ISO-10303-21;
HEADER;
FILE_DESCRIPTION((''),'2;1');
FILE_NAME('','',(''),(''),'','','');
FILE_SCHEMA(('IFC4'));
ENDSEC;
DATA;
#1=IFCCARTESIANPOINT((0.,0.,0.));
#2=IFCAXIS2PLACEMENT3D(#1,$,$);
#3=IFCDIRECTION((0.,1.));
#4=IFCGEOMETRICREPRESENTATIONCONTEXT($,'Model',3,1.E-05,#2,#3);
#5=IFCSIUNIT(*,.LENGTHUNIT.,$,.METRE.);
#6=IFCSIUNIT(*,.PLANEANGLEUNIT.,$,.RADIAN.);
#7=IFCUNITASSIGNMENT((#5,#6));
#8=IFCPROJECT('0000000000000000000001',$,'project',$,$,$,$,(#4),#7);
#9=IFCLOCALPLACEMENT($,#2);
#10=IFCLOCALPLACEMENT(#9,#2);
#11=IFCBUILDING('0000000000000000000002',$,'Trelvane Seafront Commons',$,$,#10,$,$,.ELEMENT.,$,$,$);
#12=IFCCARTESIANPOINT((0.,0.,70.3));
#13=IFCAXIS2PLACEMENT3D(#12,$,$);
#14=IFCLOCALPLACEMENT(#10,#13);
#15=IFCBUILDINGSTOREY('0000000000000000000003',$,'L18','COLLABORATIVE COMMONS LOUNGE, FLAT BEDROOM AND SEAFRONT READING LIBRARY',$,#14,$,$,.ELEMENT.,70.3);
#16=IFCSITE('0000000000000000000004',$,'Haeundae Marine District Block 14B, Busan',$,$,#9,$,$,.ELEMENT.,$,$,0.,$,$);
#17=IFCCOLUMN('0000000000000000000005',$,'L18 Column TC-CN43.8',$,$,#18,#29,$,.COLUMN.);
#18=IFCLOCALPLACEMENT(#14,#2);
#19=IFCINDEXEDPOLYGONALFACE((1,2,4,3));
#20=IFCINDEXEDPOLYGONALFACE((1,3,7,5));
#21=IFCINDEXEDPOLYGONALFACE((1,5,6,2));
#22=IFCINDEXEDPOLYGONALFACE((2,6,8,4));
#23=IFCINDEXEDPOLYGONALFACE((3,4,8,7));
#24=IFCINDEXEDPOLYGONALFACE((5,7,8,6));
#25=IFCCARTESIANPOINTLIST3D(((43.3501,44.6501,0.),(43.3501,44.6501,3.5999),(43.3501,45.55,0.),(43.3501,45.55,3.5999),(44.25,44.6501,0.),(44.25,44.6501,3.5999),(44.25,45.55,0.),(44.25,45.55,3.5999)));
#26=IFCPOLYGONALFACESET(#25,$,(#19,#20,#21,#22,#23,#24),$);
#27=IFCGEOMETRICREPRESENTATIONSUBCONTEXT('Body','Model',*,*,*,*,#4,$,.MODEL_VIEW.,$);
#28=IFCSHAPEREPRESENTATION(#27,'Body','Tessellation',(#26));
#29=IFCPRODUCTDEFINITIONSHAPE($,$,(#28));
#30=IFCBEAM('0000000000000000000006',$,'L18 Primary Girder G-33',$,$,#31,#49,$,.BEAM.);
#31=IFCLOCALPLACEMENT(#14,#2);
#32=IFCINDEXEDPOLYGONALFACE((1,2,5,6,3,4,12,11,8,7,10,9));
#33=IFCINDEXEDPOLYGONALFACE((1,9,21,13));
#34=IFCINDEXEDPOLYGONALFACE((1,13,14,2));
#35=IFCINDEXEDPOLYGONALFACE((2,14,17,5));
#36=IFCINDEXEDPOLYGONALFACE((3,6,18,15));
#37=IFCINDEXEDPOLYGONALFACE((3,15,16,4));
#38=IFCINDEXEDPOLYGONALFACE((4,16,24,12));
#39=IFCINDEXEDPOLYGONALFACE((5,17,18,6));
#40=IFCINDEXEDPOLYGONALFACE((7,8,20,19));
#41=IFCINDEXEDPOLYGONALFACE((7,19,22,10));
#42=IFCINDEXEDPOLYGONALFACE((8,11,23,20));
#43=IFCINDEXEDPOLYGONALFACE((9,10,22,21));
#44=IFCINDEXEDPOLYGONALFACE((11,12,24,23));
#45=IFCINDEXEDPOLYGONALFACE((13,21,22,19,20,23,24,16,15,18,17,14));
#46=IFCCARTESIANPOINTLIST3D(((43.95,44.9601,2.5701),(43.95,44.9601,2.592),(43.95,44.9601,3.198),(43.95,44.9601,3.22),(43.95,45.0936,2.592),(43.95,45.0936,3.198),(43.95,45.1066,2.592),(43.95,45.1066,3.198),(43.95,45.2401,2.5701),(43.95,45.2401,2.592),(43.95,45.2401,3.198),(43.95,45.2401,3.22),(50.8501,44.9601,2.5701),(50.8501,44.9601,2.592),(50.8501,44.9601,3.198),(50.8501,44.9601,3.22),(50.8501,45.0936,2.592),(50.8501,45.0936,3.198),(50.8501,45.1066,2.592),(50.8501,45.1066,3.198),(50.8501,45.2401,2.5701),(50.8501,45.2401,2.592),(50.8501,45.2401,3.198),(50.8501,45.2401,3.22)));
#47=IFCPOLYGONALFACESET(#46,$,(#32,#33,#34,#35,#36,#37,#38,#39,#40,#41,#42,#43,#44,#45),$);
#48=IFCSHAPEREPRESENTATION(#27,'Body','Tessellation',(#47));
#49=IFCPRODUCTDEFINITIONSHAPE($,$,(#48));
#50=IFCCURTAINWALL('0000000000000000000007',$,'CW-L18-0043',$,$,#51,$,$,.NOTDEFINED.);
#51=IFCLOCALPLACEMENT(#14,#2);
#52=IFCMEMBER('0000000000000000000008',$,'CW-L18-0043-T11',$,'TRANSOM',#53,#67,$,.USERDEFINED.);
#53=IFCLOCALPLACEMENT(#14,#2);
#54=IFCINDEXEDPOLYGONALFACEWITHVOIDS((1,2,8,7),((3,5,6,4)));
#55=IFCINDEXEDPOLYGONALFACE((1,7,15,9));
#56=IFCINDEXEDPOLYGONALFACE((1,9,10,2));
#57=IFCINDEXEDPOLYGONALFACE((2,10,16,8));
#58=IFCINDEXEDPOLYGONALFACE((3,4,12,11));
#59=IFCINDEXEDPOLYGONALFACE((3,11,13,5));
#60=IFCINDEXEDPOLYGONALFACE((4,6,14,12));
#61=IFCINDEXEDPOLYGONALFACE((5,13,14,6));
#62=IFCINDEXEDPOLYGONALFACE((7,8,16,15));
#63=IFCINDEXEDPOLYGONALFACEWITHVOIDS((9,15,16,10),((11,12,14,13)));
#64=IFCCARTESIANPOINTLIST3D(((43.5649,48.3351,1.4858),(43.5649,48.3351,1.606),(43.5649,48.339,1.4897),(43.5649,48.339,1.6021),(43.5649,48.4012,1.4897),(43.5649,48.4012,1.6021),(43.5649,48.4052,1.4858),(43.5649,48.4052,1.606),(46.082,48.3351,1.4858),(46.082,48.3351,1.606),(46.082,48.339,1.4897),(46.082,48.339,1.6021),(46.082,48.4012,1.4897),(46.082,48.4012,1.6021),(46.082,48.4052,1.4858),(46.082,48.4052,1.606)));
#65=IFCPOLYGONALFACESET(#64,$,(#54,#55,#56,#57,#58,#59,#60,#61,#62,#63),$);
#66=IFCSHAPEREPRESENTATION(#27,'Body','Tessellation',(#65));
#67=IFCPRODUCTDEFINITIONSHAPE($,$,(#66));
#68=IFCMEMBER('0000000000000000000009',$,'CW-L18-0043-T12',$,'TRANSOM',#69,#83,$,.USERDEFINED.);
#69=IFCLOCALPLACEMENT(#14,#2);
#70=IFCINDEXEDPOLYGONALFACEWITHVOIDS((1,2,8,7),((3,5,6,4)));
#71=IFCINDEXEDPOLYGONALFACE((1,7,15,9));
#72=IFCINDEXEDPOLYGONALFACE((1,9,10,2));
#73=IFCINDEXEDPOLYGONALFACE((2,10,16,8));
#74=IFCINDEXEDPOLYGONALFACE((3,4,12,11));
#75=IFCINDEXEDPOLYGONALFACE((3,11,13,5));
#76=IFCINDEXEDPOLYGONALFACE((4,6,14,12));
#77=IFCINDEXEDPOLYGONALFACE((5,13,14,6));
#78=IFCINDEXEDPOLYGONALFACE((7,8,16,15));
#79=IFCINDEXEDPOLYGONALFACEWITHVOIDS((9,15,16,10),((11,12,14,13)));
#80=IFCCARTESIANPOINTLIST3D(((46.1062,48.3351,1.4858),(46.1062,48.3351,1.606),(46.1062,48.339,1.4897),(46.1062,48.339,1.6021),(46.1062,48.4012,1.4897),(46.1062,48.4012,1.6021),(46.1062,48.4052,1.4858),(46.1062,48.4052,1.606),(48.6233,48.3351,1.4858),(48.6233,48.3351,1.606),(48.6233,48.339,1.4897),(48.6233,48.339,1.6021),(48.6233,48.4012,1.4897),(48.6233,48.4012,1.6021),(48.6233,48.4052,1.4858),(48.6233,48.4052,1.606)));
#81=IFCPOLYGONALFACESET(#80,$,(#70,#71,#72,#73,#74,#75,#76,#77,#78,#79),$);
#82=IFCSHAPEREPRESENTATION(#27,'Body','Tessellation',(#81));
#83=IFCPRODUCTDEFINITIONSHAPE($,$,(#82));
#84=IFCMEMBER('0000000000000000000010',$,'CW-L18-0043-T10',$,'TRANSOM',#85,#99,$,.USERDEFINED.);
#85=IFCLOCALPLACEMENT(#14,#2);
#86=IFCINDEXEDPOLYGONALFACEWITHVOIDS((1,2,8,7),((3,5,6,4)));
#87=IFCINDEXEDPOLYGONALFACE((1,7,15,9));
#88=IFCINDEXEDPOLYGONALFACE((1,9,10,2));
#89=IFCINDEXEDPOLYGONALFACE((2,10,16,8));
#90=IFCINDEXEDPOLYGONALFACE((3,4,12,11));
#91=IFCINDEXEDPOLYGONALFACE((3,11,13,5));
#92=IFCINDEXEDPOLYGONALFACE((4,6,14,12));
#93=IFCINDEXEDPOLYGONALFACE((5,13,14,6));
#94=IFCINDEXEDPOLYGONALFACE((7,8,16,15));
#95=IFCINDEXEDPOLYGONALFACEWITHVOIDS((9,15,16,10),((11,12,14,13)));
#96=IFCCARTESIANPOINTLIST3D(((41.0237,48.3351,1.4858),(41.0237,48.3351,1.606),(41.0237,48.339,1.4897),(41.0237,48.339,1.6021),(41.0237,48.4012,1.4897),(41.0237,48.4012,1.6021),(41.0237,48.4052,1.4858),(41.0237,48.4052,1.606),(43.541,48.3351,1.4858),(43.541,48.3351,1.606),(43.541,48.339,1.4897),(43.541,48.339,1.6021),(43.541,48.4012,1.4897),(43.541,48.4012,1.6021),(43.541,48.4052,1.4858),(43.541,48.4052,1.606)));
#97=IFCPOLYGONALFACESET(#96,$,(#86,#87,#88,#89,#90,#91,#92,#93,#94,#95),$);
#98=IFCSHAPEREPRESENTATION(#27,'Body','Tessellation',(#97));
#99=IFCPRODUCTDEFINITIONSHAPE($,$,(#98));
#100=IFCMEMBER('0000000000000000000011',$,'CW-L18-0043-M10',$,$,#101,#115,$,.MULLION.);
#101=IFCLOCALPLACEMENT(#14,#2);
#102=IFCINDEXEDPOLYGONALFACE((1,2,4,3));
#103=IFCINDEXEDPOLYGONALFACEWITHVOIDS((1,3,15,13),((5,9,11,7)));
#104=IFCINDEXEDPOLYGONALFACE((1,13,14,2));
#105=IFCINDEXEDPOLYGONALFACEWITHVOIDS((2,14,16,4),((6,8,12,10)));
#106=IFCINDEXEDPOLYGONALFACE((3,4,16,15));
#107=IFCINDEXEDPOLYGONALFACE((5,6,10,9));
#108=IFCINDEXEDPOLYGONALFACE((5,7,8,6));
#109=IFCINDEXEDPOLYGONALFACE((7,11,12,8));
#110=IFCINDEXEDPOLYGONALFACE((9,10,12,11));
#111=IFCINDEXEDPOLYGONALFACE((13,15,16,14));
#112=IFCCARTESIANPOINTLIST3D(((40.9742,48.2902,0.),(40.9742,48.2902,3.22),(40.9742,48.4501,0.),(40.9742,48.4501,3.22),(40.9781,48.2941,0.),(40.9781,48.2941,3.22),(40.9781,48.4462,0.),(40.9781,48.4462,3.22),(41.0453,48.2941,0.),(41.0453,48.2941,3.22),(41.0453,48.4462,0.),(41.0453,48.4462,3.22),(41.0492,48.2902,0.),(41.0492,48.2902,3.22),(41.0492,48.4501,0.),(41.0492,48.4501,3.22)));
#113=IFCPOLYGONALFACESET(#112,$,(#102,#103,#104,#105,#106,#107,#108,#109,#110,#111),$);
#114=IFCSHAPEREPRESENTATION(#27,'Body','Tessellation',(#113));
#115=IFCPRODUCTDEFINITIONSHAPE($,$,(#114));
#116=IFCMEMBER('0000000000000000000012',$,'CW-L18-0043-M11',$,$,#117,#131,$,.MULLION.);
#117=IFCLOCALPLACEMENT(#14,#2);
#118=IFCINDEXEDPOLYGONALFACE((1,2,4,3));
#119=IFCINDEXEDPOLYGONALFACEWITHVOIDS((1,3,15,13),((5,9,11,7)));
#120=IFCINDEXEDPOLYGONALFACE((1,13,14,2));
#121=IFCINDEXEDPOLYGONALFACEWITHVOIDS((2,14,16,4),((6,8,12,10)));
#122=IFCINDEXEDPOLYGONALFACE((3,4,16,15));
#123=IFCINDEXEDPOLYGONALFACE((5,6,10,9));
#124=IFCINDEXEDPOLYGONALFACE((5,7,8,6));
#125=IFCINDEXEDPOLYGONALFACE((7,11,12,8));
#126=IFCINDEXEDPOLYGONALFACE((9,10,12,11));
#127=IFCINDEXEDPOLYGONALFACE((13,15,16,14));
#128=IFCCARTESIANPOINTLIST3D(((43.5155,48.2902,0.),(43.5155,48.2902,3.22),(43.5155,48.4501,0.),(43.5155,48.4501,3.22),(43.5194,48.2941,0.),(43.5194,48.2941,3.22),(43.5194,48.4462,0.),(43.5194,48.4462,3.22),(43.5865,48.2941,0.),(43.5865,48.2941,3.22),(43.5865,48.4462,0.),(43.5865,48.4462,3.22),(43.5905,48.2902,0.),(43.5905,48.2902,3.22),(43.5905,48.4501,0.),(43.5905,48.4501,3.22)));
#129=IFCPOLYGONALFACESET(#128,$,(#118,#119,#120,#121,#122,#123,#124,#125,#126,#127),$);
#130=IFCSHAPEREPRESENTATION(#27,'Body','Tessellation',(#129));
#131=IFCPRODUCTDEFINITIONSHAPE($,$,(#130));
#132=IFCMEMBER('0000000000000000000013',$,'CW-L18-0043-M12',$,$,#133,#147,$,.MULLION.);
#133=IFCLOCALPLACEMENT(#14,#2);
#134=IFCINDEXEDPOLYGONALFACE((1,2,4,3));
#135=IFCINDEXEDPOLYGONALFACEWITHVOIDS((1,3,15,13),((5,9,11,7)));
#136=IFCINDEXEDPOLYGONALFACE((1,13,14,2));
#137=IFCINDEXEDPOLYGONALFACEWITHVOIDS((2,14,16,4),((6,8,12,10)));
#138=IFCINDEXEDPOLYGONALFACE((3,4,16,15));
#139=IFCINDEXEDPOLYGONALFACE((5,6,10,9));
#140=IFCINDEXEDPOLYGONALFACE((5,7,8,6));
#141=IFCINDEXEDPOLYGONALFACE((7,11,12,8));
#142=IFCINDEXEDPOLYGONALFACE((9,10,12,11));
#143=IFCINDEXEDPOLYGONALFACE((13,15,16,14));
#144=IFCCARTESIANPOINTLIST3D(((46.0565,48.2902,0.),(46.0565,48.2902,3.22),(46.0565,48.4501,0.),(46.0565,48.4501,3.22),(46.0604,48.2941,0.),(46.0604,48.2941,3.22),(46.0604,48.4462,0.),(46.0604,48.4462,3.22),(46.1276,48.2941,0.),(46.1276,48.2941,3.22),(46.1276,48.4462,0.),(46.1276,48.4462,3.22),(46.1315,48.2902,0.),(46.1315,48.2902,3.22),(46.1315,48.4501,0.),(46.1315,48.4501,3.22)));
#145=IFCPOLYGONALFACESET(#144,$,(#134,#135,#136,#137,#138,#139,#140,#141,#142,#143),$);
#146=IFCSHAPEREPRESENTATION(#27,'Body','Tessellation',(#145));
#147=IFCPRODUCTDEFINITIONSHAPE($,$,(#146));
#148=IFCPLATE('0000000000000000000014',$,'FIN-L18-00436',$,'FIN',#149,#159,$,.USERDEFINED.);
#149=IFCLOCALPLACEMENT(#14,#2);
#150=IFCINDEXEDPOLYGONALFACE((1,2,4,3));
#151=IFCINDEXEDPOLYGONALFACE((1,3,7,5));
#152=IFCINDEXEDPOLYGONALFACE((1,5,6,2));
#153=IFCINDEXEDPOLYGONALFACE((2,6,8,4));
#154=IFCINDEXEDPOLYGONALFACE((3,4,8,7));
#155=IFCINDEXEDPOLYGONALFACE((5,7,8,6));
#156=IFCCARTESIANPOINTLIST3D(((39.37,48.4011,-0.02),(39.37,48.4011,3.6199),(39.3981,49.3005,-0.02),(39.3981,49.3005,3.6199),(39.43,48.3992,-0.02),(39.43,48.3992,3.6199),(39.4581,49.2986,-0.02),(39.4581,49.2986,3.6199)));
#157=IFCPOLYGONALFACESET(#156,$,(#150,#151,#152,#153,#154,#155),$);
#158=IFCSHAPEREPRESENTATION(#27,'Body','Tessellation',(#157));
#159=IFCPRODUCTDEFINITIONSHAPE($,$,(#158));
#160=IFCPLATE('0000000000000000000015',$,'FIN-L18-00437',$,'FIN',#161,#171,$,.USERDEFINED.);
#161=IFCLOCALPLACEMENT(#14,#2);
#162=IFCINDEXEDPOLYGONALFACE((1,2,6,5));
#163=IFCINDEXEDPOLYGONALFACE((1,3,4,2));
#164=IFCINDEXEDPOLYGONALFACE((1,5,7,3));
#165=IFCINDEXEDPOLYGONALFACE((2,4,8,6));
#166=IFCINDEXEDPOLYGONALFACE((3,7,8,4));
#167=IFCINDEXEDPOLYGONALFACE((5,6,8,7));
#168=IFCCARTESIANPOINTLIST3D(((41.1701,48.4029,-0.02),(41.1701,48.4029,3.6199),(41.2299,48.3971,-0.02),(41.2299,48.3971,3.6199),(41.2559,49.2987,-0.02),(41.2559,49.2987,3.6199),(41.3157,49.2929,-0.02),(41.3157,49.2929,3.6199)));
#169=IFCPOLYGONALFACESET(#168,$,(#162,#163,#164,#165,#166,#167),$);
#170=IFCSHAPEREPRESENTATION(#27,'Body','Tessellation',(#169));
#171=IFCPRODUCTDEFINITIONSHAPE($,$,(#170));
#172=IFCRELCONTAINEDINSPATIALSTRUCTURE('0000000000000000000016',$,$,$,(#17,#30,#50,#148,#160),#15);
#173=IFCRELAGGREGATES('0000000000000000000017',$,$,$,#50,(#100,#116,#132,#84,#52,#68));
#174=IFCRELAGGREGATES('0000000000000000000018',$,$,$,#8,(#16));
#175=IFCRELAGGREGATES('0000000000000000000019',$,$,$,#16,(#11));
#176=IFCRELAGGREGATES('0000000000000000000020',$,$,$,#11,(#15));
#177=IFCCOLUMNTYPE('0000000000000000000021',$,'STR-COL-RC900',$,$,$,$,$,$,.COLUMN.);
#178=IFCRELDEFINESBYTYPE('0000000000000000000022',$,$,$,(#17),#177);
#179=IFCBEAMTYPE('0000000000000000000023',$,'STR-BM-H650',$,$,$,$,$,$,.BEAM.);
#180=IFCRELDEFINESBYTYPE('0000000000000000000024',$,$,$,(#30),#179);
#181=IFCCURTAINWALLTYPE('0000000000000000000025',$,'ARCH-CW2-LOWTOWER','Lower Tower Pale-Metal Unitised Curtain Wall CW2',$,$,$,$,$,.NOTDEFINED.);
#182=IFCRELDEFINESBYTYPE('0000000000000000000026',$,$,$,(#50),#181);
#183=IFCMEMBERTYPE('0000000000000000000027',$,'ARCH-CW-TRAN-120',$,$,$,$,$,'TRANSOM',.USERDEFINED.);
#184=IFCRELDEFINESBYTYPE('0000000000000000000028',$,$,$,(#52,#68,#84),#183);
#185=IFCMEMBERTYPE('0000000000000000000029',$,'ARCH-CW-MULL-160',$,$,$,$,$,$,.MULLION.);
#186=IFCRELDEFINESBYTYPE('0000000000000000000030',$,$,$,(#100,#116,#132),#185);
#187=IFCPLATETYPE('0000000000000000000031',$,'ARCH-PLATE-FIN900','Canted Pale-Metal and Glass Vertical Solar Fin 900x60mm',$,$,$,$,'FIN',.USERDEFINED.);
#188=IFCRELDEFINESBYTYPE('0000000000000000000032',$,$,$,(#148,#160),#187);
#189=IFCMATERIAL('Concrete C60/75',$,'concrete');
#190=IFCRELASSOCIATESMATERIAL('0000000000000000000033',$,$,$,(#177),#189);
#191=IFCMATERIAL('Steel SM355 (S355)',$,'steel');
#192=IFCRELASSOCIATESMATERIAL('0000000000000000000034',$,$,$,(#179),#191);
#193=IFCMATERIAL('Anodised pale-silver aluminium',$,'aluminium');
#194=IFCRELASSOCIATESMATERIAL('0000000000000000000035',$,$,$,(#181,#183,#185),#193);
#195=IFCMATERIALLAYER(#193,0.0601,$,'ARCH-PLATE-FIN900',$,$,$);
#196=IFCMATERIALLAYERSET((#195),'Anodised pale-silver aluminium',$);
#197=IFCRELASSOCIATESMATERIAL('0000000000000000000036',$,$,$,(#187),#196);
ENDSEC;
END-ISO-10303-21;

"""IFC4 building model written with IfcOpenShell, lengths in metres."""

from ifc_helpers import new_model, si_unit, direction, frame, origin, origin_2d, place, context, subcontext, project, spatial, rectangle, hollow_rectangle, i_section, extrude, source, transform, mapped, material, layer, layer_set, material_profile, profile_set, type_object, element, aggregate, save


model = new_model("IFC4")

# Units and contexts
model_context = context("Model", 3, precision=1e-05, world=origin(), true_north=direction((0.0, 1.0)))
body_context = subcontext(model_context, "Body", "Model", "MODEL_VIEW")
ifc_project = project(units=[si_unit("LENGTHUNIT", "METRE"), si_unit("PLANEANGLEUNIT", "RADIAN")], contexts=[model_context])

# Site, building, storey
site_placement = place(None, origin())
site = spatial("IfcSite", under=ifc_project, at=site_placement, Name="Haeundae Marine District Block 14B, Busan", CompositionType="ELEMENT", RefElevation=0.0)
building_placement = place(site_placement, origin())
building = spatial("IfcBuilding", under=site, at=building_placement, Name="Trelvane Seafront Commons", CompositionType="ELEMENT")
storey_placement = place(building_placement, frame((0.0, 0.0, 70.3)))
storey = spatial("IfcBuildingStorey", under=building, at=storey_placement, Name="L18", Description="COLLABORATIVE COMMONS LOUNGE, FLAT BEDROOM AND SEAFRONT READING LIBRARY", CompositionType="ELEMENT", Elevation=70.3)

# Column
ifc_material_1 = material(Name="Concrete C60/75", Category="concrete")
ifc_material_profile_1 = material_profile(ifc_material_1, rectangle(XDim=0.8999, YDim=0.8999, at=origin_2d()), Name="RC-900x900")
ifc_profile_set_1 = profile_set([ifc_material_profile_1], Name="Concrete C60/75")
column_type = type_object("IfcColumnType", Name="STR-COL-RC900", PredefinedType="COLUMN", material=ifc_profile_set_1)
shared_shape_1 = source(origin(), body_context, "Body", "SweptSolid", [
    extrude(rectangle(XDim=0.8999, YDim=0.8999, at=origin_2d()), origin(), (0.0, 0.0, 1.0), 3.5999),
])
column_placement = place(storey_placement, frame((43.8, 45.1001, 0.0), z_axis=(0.0, 0.0, 1.0), x_axis=(1.0, 0.0, 0.0)))
element("IfcColumn", 1, at=column_placement, inside=storey, type_object=column_type, Name="L18 Column TC-CN43.8", PredefinedType="COLUMN", context=body_context, shape_type="MappedRepresentation", body=[
    mapped(shared_shape_1, transform((0.0, 0.0, 0.0), x_axis=(1.0, 0.0, 0.0), y_axis=(0.0, 1.0, 0.0), z_axis=(0.0, 0.0, 1.0), scale=1.0)),
])

# Beam
ifc_material_2 = material(Name="Steel SM355 (S355)", Category="steel")
ifc_material_profile_2 = material_profile(ifc_material_2, i_section(OverallWidth=0.28, OverallDepth=0.6499, WebThickness=0.0129, FlangeThickness=0.022, at=origin_2d()), Name="H-650x280x13x22")
ifc_profile_set_2 = profile_set([ifc_material_profile_2], Name="Steel SM355 (S355)")
beam_type = type_object("IfcBeamType", Name="STR-BM-H650", PredefinedType="BEAM", material=ifc_profile_set_2)
shared_shape_2 = source(origin(), body_context, "Body", "SweptSolid", [
    extrude(i_section(OverallWidth=0.28, OverallDepth=0.6499, WebThickness=0.0129, FlangeThickness=0.022, at=origin_2d()), origin(), (0.0, 0.0, 1.0), 6.9001),
])
beam_placement = place(storey_placement, frame((43.95, 45.1001, 2.895), z_axis=(1.0, 0.0, 0.0), x_axis=(0.0, 1.0, 0.0)))
element("IfcBeam", 2, at=beam_placement, inside=storey, type_object=beam_type, Name="L18 Primary Girder G-33", PredefinedType="BEAM", context=body_context, shape_type="MappedRepresentation", body=[
    mapped(shared_shape_2, transform((0.0, 0.0, 0.0), x_axis=(1.0, 0.0, 0.0), y_axis=(0.0, 1.0, 0.0), z_axis=(0.0, 0.0, 1.0), scale=1.0)),
])

# Curtain wall, members
ifc_material_3 = material(Name="Anodised pale-silver aluminium", Category="aluminium")
curtain_wall_type = type_object("IfcCurtainWallType", Name="ARCH-CW2-LOWTOWER", Description="Lower Tower Pale-Metal Unitised Curtain Wall CW2", PredefinedType="NOTDEFINED", material=ifc_material_3)
curtain_wall_placement = place(storey_placement, origin())
curtain_wall = element("IfcCurtainWall", 3, at=curtain_wall_placement, inside=storey, type_object=curtain_wall_type, Name="CW-L18-0043", PredefinedType="NOTDEFINED")
ifc_material_profile_3 = material_profile(ifc_material_3, hollow_rectangle(XDim=0.0701, YDim=0.1201, WallThickness=0.0039, at=origin_2d()), Name="TRAN-70x120x4")
ifc_profile_set_3 = profile_set([ifc_material_profile_3], Name="Anodised pale-silver aluminium")
member_type_1 = type_object("IfcMemberType", Name="ARCH-CW-TRAN-120", ElementType="TRANSOM", PredefinedType="USERDEFINED", material=ifc_profile_set_3)
shared_shape_3 = source(origin(), body_context, "Body", "SweptSolid", [
    extrude(hollow_rectangle(XDim=0.0701, YDim=0.1201, WallThickness=0.0039, at=origin_2d()), origin(), (0.0, 0.0, 1.0), 2.5171),
])
member_1_placement = place(storey_placement, frame((43.5649, 48.3701, 1.5459), z_axis=(1.0, 0.0, 0.0), x_axis=(0.0, 1.0, 0.0)))
member_1 = element("IfcMember", 4, at=member_1_placement, type_object=member_type_1, Name="CW-L18-0043-T11", ObjectType="TRANSOM", PredefinedType="USERDEFINED", context=body_context, shape_type="MappedRepresentation", body=[
    mapped(shared_shape_3, transform((0.0, 0.0, 0.0), x_axis=(1.0, 0.0, 0.0), y_axis=(0.0, 1.0, 0.0), z_axis=(0.0, 0.0, 1.0), scale=1.0)),
])
member_2_placement = place(storey_placement, frame((46.1062, 48.3701, 1.5459), z_axis=(1.0, 0.0, 0.0), x_axis=(0.0, 1.0, 0.0)))
member_2 = element("IfcMember", 5, at=member_2_placement, type_object=member_type_1, Name="CW-L18-0043-T12", ObjectType="TRANSOM", PredefinedType="USERDEFINED", context=body_context, shape_type="MappedRepresentation", body=[
    mapped(shared_shape_3, transform((0.0, 0.0, 0.0), x_axis=(1.0, 0.0, 0.0), y_axis=(0.0, 1.0, 0.0), z_axis=(0.0, 0.0, 1.0), scale=1.0)),
])
shared_shape_4 = source(origin(), body_context, "Body", "SweptSolid", [
    extrude(hollow_rectangle(XDim=0.0701, YDim=0.1201, WallThickness=0.0039, at=origin_2d()), origin(), (0.0, 0.0, 1.0), 2.5173),
])
member_3_placement = place(storey_placement, frame((41.0237, 48.3701, 1.5459), z_axis=(1.0, 0.0, 0.0), x_axis=(0.0, 1.0, 0.0)))
member_3 = element("IfcMember", 6, at=member_3_placement, type_object=member_type_1, Name="CW-L18-0043-T10", ObjectType="TRANSOM", PredefinedType="USERDEFINED", context=body_context, shape_type="MappedRepresentation", body=[
    mapped(shared_shape_4, transform((0.0, 0.0, 0.0), x_axis=(1.0, 0.0, 0.0), y_axis=(0.0, 1.0, 0.0), z_axis=(0.0, 0.0, 1.0), scale=1.0)),
])
ifc_material_profile_4 = material_profile(ifc_material_3, hollow_rectangle(XDim=0.075, YDim=0.1599, WallThickness=0.0039, at=origin_2d()), Name="MULL-75x160x4")
ifc_profile_set_4 = profile_set([ifc_material_profile_4], Name="Anodised pale-silver aluminium")
member_type_2 = type_object("IfcMemberType", Name="ARCH-CW-MULL-160", PredefinedType="MULLION", material=ifc_profile_set_4)
shared_shape_5 = source(origin(), body_context, "Body", "SweptSolid", [
    extrude(hollow_rectangle(XDim=0.075, YDim=0.1599, WallThickness=0.0039, at=origin_2d()), origin(), (0.0, 0.0, 1.0), 3.22),
])
member_4_placement = place(storey_placement, frame((41.0117, 48.3701, 0.0), z_axis=(0.0, 0.0, 1.0), x_axis=(1.0, 0.0, 0.0)))
member_4 = element("IfcMember", 7, at=member_4_placement, type_object=member_type_2, Name="CW-L18-0043-M10", PredefinedType="MULLION", context=body_context, shape_type="MappedRepresentation", body=[
    mapped(shared_shape_5, transform((0.0, 0.0, 0.0), x_axis=(1.0, 0.0, 0.0), y_axis=(0.0, 1.0, 0.0), z_axis=(0.0, 0.0, 1.0), scale=1.0)),
])
member_5_placement = place(storey_placement, frame((43.553, 48.3701, 0.0), z_axis=(0.0, 0.0, 1.0), x_axis=(1.0, 0.0, 0.0)))
member_5 = element("IfcMember", 8, at=member_5_placement, type_object=member_type_2, Name="CW-L18-0043-M11", PredefinedType="MULLION", context=body_context, shape_type="MappedRepresentation", body=[
    mapped(shared_shape_5, transform((0.0, 0.0, 0.0), x_axis=(1.0, 0.0, 0.0), y_axis=(0.0, 1.0, 0.0), z_axis=(0.0, 0.0, 1.0), scale=1.0)),
])
member_6_placement = place(storey_placement, frame((46.094, 48.3701, 0.0), z_axis=(0.0, 0.0, 1.0), x_axis=(1.0, 0.0, 0.0)))
member_6 = element("IfcMember", 9, at=member_6_placement, type_object=member_type_2, Name="CW-L18-0043-M12", PredefinedType="MULLION", context=body_context, shape_type="MappedRepresentation", body=[
    mapped(shared_shape_5, transform((0.0, 0.0, 0.0), x_axis=(1.0, 0.0, 0.0), y_axis=(0.0, 1.0, 0.0), z_axis=(0.0, 0.0, 1.0), scale=1.0)),
])

# Plates
ifc_layer_1 = layer(ifc_material_3, 0.0601, Name="ARCH-PLATE-FIN900")
ifc_layer_set_1 = layer_set([ifc_layer_1], Name="Anodised pale-silver aluminium")
plate_type_1 = type_object("IfcPlateType", Name="ARCH-PLATE-FIN900", Description="Canted Pale-Metal and Glass Vertical Solar Fin 900x60mm", ElementType="FIN", PredefinedType="USERDEFINED", material=ifc_layer_set_1)
shared_shape_6 = source(origin(), body_context, "Body", "SweptSolid", [
    extrude(rectangle(XDim=0.8999, YDim=0.0601, at=origin_2d()), origin(), (0.0, 0.0, 1.0), 3.6399),
])
for number, where, z_axis, x_axis, name in (
    (10, (39.4141, 48.8499, -0.02), (0.0, 0.0, 1.0), (0.031221, 0.999513, 0.0), "FIN-L18-00436"),
    (11, (41.2429, 48.8479, -0.02), (0.0, 0.0, 1.0), (0.095333, 0.995445, 0.0), "FIN-L18-00437"),
):
    element("IfcPlate", number, at=place(storey_placement, frame(where, z_axis=z_axis, x_axis=x_axis)), inside=storey, type_object=plate_type_1, Name=name, ObjectType="FIN", PredefinedType="USERDEFINED", context=body_context, shape_type="MappedRepresentation", body=[
        mapped(shared_shape_6, transform((0.0, 0.0, 0.0), x_axis=(1.0, 0.0, 0.0), y_axis=(0.0, 1.0, 0.0), z_axis=(0.0, 0.0, 1.0), scale=1.0)),
    ])

aggregate(curtain_wall, [member_4, member_5, member_6, member_3, member_1, member_2])

save(model, "model.ifc")
